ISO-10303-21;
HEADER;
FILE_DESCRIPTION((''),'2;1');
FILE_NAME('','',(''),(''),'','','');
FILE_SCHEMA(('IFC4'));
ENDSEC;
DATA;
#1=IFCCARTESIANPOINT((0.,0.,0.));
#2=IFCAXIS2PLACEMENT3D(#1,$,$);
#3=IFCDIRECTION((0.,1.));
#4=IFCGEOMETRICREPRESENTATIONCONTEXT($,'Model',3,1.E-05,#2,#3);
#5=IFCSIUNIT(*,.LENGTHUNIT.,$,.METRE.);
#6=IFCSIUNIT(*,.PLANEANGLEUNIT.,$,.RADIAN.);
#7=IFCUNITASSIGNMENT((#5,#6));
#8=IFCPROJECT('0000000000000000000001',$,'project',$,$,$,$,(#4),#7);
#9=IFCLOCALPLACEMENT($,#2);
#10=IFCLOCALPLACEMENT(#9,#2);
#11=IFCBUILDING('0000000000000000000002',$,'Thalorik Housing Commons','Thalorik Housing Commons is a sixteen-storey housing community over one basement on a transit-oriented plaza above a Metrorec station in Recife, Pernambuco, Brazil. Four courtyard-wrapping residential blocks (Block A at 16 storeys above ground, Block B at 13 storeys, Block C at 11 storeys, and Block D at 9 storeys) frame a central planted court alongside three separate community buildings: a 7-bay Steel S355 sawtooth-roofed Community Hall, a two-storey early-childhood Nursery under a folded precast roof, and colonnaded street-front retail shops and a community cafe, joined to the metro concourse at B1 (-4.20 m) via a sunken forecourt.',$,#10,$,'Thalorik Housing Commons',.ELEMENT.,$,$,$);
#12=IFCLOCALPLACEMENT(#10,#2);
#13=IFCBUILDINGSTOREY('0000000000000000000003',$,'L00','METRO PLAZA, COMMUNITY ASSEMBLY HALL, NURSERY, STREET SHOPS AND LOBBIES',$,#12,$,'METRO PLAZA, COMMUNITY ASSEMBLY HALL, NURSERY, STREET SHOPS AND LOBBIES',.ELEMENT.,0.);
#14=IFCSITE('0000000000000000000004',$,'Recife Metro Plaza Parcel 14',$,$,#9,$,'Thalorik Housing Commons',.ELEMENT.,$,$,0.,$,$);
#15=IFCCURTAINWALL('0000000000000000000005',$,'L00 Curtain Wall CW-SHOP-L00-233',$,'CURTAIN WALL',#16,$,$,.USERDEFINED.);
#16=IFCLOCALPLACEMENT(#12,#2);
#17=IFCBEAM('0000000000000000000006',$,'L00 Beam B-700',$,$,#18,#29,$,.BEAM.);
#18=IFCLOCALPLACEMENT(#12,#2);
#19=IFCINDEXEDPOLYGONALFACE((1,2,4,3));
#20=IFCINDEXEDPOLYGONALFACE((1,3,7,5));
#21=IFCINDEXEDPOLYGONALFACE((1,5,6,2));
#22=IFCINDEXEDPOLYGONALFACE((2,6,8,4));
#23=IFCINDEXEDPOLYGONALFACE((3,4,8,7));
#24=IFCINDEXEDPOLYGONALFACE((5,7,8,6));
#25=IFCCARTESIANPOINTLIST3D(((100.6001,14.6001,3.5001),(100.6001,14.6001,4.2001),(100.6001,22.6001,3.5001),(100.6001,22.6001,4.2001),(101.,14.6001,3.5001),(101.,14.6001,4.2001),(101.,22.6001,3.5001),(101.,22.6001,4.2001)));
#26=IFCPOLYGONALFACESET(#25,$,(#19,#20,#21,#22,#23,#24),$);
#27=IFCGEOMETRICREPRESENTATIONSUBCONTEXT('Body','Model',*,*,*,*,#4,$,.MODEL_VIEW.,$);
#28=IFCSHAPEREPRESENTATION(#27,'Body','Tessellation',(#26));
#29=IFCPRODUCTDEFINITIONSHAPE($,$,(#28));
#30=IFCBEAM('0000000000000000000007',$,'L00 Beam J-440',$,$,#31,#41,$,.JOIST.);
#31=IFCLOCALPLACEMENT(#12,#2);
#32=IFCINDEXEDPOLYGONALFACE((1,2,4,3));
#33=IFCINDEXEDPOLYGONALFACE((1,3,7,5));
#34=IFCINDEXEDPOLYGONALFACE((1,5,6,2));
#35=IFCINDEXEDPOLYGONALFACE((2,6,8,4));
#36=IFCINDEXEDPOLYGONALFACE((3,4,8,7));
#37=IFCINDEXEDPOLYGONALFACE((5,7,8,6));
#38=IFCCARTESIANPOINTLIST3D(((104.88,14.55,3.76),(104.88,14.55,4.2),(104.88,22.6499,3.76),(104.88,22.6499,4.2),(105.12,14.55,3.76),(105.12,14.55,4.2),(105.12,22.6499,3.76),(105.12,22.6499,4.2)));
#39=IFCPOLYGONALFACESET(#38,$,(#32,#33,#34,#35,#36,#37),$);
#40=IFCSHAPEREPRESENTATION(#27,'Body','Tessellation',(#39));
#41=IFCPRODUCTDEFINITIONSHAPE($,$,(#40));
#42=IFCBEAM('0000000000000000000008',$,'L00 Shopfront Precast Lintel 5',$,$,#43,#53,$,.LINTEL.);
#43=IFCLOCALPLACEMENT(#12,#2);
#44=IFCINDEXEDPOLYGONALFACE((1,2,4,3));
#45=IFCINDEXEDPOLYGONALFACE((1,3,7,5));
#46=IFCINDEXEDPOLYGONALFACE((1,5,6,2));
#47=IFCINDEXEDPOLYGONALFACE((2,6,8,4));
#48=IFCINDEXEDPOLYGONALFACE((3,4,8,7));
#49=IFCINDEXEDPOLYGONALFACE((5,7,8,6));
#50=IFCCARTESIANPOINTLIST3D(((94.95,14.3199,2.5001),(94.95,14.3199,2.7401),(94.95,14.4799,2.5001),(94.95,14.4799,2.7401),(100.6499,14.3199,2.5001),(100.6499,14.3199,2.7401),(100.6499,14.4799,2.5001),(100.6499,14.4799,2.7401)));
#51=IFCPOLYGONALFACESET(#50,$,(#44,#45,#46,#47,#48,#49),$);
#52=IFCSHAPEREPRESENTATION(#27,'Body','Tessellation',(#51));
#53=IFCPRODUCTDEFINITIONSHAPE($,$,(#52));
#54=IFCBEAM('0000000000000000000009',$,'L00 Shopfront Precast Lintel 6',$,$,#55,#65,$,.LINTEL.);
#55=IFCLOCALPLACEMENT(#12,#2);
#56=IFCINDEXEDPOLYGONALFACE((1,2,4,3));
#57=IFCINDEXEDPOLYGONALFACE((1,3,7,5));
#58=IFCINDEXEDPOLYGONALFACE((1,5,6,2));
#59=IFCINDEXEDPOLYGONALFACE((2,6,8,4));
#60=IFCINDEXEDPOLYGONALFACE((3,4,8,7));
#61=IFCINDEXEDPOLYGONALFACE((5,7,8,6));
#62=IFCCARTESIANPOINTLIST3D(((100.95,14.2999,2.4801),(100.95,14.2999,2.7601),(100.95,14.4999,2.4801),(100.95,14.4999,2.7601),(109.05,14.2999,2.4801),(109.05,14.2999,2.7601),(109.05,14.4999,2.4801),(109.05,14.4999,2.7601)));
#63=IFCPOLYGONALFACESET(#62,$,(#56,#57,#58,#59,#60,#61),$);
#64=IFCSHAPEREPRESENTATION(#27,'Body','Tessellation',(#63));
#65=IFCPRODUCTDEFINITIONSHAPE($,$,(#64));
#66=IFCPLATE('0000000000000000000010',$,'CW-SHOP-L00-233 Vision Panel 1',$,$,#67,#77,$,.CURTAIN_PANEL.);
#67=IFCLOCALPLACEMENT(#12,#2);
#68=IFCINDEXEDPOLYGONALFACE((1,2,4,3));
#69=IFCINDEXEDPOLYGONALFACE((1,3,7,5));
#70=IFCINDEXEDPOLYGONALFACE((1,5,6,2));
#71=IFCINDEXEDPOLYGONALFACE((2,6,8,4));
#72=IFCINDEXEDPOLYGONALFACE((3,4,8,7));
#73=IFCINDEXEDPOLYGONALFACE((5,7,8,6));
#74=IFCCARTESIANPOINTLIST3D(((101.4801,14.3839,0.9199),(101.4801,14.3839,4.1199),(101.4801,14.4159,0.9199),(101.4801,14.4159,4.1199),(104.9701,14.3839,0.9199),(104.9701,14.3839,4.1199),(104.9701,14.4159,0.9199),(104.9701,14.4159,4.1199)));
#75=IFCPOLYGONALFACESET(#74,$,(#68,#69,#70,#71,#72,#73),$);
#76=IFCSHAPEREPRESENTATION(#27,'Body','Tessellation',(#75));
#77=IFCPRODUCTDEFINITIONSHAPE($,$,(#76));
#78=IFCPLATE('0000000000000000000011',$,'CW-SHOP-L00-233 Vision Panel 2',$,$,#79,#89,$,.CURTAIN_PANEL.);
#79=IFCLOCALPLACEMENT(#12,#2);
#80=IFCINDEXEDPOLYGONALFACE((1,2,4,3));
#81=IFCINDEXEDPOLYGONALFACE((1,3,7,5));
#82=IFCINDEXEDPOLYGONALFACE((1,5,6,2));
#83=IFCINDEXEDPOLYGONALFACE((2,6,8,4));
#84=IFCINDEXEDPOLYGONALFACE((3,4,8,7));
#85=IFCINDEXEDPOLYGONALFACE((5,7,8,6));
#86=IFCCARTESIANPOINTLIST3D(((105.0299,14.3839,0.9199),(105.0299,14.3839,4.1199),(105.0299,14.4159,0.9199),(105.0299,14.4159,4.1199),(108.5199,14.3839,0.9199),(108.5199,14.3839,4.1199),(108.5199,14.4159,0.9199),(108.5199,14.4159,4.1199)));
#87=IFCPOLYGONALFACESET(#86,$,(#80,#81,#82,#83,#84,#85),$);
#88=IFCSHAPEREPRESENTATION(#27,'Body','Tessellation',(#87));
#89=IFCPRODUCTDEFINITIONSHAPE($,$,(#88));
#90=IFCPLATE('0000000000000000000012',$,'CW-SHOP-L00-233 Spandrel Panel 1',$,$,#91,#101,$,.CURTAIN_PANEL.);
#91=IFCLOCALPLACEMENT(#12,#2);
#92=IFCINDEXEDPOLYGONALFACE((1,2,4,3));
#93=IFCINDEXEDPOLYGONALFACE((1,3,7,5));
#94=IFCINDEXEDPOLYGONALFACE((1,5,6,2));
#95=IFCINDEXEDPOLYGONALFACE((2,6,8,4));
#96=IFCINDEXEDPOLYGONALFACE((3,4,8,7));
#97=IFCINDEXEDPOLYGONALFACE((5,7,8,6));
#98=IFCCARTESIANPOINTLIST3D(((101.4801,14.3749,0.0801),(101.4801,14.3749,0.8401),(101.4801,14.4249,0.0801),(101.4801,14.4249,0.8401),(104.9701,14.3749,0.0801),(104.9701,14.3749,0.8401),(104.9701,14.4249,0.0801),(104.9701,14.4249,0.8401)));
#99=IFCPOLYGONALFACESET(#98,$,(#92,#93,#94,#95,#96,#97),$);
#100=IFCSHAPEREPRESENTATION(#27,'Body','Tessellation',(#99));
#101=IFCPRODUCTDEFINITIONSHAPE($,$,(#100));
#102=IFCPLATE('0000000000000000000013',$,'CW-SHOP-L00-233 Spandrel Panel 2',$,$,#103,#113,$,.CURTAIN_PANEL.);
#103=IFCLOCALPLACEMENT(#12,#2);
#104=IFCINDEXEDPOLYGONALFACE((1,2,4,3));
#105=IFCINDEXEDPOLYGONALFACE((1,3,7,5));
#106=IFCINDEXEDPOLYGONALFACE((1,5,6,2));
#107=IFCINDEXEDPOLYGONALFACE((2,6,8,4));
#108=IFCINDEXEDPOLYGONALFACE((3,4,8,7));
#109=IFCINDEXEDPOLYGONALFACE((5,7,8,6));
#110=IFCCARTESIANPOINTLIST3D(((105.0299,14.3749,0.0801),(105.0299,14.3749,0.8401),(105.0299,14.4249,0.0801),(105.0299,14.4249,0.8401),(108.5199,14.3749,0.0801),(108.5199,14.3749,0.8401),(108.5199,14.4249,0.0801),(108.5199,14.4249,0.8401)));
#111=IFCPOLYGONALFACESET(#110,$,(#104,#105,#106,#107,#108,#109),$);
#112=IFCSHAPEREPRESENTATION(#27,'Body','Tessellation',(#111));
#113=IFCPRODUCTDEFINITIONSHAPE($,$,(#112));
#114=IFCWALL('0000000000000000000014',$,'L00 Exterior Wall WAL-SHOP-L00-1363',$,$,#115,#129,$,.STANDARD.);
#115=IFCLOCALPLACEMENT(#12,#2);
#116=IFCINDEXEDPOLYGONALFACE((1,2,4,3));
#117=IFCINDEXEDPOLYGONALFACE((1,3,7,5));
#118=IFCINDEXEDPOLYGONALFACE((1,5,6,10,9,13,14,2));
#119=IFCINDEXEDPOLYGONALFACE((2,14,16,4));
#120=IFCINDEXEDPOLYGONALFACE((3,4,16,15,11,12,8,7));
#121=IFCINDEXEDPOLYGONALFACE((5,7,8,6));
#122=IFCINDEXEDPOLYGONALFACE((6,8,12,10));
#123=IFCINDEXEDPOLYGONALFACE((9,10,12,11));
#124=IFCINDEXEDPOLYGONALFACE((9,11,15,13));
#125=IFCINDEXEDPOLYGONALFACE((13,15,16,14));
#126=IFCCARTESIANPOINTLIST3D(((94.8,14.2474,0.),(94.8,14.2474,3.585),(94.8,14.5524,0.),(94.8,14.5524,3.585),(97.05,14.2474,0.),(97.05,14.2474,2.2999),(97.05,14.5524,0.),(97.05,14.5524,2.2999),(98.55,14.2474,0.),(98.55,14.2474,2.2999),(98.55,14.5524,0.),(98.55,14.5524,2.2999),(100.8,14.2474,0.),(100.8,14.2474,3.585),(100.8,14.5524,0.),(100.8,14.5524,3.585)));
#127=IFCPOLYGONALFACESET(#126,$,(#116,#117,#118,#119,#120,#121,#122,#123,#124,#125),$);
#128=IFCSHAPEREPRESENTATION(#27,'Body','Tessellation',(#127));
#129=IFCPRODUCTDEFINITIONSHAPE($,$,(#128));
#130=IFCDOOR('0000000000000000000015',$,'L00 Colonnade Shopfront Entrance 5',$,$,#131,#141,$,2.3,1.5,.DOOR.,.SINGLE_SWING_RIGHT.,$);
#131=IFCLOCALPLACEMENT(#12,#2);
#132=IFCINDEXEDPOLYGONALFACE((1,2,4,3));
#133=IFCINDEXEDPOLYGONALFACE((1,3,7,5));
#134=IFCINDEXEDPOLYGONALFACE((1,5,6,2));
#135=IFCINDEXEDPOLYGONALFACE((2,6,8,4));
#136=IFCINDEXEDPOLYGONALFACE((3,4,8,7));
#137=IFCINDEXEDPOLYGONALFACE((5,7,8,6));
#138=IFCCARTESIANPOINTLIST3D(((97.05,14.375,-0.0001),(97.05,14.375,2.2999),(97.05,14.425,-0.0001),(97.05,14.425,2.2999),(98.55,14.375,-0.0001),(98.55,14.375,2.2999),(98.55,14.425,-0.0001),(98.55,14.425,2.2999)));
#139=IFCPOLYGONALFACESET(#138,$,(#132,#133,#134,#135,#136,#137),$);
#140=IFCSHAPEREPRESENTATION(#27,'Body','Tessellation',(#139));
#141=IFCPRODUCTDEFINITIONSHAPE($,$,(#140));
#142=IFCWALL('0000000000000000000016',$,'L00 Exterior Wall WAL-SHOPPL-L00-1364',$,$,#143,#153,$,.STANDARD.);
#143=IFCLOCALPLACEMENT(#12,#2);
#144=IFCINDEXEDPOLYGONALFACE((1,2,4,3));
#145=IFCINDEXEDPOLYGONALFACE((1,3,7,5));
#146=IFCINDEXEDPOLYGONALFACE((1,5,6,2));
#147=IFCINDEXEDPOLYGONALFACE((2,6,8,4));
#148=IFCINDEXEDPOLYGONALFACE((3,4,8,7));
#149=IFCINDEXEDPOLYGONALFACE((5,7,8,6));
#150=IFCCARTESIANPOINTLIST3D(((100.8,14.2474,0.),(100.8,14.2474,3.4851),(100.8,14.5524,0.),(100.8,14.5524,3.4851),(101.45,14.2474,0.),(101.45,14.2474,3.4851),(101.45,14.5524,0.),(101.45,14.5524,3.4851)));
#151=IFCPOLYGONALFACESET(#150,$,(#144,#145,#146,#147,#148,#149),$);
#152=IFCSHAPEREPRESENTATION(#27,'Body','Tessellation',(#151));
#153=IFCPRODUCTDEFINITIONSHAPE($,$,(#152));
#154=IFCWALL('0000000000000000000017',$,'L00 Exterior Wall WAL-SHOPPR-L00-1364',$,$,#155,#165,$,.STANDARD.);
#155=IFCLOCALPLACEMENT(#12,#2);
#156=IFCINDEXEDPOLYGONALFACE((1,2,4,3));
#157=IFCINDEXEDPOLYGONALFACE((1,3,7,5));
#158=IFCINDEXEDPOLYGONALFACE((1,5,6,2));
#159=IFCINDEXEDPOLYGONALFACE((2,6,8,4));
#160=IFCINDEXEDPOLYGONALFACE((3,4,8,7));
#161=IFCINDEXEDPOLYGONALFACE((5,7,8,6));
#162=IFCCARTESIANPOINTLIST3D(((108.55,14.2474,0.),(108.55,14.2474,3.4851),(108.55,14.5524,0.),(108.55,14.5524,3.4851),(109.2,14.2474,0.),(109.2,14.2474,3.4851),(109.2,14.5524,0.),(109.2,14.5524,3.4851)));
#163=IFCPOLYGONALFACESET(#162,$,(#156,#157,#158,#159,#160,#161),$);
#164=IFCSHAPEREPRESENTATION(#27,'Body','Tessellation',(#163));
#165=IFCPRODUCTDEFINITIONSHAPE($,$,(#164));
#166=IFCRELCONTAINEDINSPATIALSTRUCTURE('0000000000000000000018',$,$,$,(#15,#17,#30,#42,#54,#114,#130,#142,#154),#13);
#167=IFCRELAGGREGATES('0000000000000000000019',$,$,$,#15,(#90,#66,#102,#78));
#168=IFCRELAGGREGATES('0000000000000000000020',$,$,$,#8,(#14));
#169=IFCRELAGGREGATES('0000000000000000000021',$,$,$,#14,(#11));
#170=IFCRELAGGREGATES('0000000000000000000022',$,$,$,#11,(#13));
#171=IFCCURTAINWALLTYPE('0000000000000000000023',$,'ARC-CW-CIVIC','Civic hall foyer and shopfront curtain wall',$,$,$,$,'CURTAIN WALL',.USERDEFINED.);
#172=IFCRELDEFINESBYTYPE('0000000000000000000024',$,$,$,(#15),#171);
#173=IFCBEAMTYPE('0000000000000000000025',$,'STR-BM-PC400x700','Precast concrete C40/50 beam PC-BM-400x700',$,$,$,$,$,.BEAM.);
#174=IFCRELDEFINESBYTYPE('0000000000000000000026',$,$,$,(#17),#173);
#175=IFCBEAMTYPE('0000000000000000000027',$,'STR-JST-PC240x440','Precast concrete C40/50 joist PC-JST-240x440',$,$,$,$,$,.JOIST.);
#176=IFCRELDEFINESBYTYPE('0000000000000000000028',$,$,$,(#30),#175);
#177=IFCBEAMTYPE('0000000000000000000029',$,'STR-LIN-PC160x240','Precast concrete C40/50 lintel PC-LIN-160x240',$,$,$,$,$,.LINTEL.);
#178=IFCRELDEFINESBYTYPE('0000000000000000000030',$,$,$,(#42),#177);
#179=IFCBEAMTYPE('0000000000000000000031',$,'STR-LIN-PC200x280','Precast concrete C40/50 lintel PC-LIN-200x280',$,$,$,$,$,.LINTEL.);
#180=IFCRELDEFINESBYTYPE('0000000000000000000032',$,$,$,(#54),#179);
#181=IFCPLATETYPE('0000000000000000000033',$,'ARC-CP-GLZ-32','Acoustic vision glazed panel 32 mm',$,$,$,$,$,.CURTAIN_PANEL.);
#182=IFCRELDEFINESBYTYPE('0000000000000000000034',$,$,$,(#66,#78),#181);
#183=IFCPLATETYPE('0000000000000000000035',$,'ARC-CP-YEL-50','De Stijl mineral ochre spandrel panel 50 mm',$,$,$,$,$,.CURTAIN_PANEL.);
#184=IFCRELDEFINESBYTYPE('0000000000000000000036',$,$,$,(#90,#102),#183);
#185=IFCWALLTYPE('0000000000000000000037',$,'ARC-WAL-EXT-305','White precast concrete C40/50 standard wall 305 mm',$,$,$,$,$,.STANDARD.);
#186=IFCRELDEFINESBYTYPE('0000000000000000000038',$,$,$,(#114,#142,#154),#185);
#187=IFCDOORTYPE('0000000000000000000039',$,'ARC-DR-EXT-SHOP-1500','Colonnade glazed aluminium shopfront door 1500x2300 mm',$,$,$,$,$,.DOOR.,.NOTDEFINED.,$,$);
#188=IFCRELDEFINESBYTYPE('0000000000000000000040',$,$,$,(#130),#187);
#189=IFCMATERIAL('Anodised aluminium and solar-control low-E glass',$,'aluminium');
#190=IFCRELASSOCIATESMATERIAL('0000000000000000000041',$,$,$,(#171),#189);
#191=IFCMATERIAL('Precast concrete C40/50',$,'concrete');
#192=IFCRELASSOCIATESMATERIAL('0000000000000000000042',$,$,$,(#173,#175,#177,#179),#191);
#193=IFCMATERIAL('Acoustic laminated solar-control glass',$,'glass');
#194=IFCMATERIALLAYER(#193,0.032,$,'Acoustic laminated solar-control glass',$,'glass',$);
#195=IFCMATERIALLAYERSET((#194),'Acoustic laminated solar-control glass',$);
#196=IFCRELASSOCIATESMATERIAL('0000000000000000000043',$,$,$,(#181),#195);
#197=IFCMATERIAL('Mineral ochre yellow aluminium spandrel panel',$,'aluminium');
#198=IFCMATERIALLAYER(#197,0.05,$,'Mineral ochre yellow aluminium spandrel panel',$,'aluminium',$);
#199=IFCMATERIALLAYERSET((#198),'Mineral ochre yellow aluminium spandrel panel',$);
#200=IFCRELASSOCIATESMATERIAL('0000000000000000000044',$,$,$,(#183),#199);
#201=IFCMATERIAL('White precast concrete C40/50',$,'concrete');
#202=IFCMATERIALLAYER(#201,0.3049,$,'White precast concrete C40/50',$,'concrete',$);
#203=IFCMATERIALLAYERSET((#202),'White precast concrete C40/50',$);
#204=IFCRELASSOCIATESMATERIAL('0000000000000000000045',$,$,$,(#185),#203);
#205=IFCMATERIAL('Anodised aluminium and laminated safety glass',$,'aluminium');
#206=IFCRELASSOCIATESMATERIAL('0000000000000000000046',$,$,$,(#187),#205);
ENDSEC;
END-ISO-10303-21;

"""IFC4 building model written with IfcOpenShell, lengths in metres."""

from ifc_helpers import new_model, si_unit, direction, frame, frame_2d, origin, origin_2d, place, context, subcontext, project, spatial, rectangle, extrude, material, layer, layer_set, material_profile, profile_set, type_object, element, fill, aggregate, save


model = new_model("IFC4")

# Units and contexts
model_context = context("Model", 3, precision=1e-05, world=origin(), true_north=direction((0.0, 1.0)))
body_context = subcontext(model_context, "Body", "Model", "MODEL_VIEW")
ifc_project = project(units=[si_unit("LENGTHUNIT", "METRE"), si_unit("PLANEANGLEUNIT", "RADIAN")], contexts=[model_context])

# Site, building, storey
site_placement = place(None, origin())
site = spatial("IfcSite", under=ifc_project, at=site_placement, Name="Recife Metro Plaza Parcel 14", LongName="Thalorik Housing Commons", CompositionType="ELEMENT", RefElevation=0.0)
building_placement = place(site_placement, origin())
building = spatial("IfcBuilding", under=site, at=building_placement, Name="Thalorik Housing Commons", Description="Thalorik Housing Commons is a sixteen-storey housing community over one basement on a transit-oriented plaza above a Metrorec station in Recife, Pernambuco, Brazil. Four courtyard-wrapping residential blocks (Block A at 16 storeys above ground, Block B at 13 storeys, Block C at 11 storeys, and Block D at 9 storeys) frame a central planted court alongside three separate community buildings: a 7-bay Steel S355 sawtooth-roofed Community Hall, a two-storey early-childhood Nursery under a folded precast roof, and colonnaded street-front retail shops and a community cafe, joined to the metro concourse at B1 (-4.20 m) via a sunken forecourt.", LongName="Thalorik Housing Commons", CompositionType="ELEMENT")
storey_placement = place(building_placement, origin())
storey = spatial("IfcBuildingStorey", under=building, at=storey_placement, Name="L00", Description="METRO PLAZA, COMMUNITY ASSEMBLY HALL, NURSERY, STREET SHOPS AND LOBBIES", LongName="METRO PLAZA, COMMUNITY ASSEMBLY HALL, NURSERY, STREET SHOPS AND LOBBIES", CompositionType="ELEMENT", Elevation=0.0)

# Shared definitions
ifc_material_1 = material(Name="Precast concrete C40/50", Category="concrete")

# Curtain wall
ifc_material_2 = material(Name="Anodised aluminium and solar-control low-E glass", Category="aluminium")
curtain_wall_type = type_object("IfcCurtainWallType", Name="ARC-CW-CIVIC", Description="Civic hall foyer and shopfront curtain wall", ElementType="CURTAIN WALL", PredefinedType="USERDEFINED", material=ifc_material_2)
curtain_wall_placement = place(storey_placement, origin())
curtain_wall = element("IfcCurtainWall", 1, at=curtain_wall_placement, inside=storey, type_object=curtain_wall_type, Name="L00 Curtain Wall CW-SHOP-L00-233", ObjectType="CURTAIN WALL", PredefinedType="USERDEFINED")

# Beams
ifc_material_profile_1 = material_profile(ifc_material_1, rectangle(XDim=0.3999, YDim=0.7, at=origin_2d()), Name="PC 400x700", Category="concrete")
ifc_profile_set_1 = profile_set([ifc_material_profile_1], Name="Precast concrete C40/50")
beam_type_1 = type_object("IfcBeamType", Name="STR-BM-PC400x700", Description="Precast concrete C40/50 beam PC-BM-400x700", PredefinedType="BEAM", material=ifc_profile_set_1)
for number, where, z_axis, x_axis, name in (
    (2, (100.8, 14.6001, 3.8501), (0.0, 1.0, 0.0), (-1.0, 0.0, 0.0), "L00 Beam B-700"),
):
    element("IfcBeam", number, at=place(storey_placement, frame(where, z_axis=z_axis, x_axis=x_axis)), inside=storey, type_object=beam_type_1, Name=name, PredefinedType="BEAM", context=body_context, shape_type="SweptSolid", body=[
        extrude(rectangle(XDim=0.3999, YDim=0.7, at=origin_2d()), origin(), (0.0, 0.0, 1.0), 8.0),
    ])
ifc_material_profile_2 = material_profile(ifc_material_1, rectangle(XDim=0.24, YDim=0.4399, at=origin_2d()), Name="PC JST 240x440", Category="concrete")
ifc_profile_set_2 = profile_set([ifc_material_profile_2], Name="Precast concrete C40/50")
beam_type_2 = type_object("IfcBeamType", Name="STR-JST-PC240x440", Description="Precast concrete C40/50 joist PC-JST-240x440", PredefinedType="JOIST", material=ifc_profile_set_2)
beam_1_placement = place(storey_placement, frame((105.0, 14.55, 3.98), z_axis=(0.0, 1.0, 0.0), x_axis=(-1.0, 0.0, 0.0)))
element("IfcBeam", 3, at=beam_1_placement, inside=storey, type_object=beam_type_2, Name="L00 Beam J-440", PredefinedType="JOIST", context=body_context, shape_type="SweptSolid", body=[
    extrude(rectangle(XDim=0.24, YDim=0.4399, at=origin_2d()), origin(), (0.0, 0.0, 1.0), 8.0999),
])
ifc_material_profile_3 = material_profile(ifc_material_1, rectangle(XDim=0.1599, YDim=0.24, at=origin_2d()), Name="PC LIN 160x240", Category="concrete")
ifc_profile_set_3 = profile_set([ifc_material_profile_3], Name="Precast concrete C40/50")
beam_type_3 = type_object("IfcBeamType", Name="STR-LIN-PC160x240", Description="Precast concrete C40/50 lintel PC-LIN-160x240", PredefinedType="LINTEL", material=ifc_profile_set_3)
beam_2_placement = place(storey_placement, frame((94.95, 14.3999, 2.6201), z_axis=(1.0, 0.0, 0.0), x_axis=(0.0, 1.0, 0.0)))
element("IfcBeam", 4, at=beam_2_placement, inside=storey, type_object=beam_type_3, Name="L00 Shopfront Precast Lintel 5", PredefinedType="LINTEL", context=body_context, shape_type="SweptSolid", body=[
    extrude(rectangle(XDim=0.1599, YDim=0.24, at=origin_2d()), origin(), (0.0, 0.0, 1.0), 5.7),
])
ifc_material_profile_4 = material_profile(ifc_material_1, rectangle(XDim=0.2, YDim=0.28, at=origin_2d()), Name="PC LIN 200x280", Category="concrete")
ifc_profile_set_4 = profile_set([ifc_material_profile_4], Name="Precast concrete C40/50")
beam_type_4 = type_object("IfcBeamType", Name="STR-LIN-PC200x280", Description="Precast concrete C40/50 lintel PC-LIN-200x280", PredefinedType="LINTEL", material=ifc_profile_set_4)
beam_3_placement = place(storey_placement, frame((100.95, 14.3999, 2.6201), z_axis=(1.0, 0.0, 0.0), x_axis=(0.0, 1.0, 0.0)))
element("IfcBeam", 5, at=beam_3_placement, inside=storey, type_object=beam_type_4, Name="L00 Shopfront Precast Lintel 6", PredefinedType="LINTEL", context=body_context, shape_type="SweptSolid", body=[
    extrude(rectangle(XDim=0.2, YDim=0.28, at=origin_2d()), origin(), (0.0, 0.0, 1.0), 8.1001),
])

# Plates
ifc_material_3 = material(Name="Acoustic laminated solar-control glass", Category="glass")
ifc_layer_1 = layer(ifc_material_3, 0.032, Name="Acoustic laminated solar-control glass", Category="glass")
ifc_layer_set_1 = layer_set([ifc_layer_1], Name="Acoustic laminated solar-control glass")
plate_type_1 = type_object("IfcPlateType", Name="ARC-CP-GLZ-32", Description="Acoustic vision glazed panel 32 mm", PredefinedType="CURTAIN_PANEL", material=ifc_layer_set_1)
plate_1_placement = place(storey_placement, frame((103.2251, 14.3999, 0.9199), z_axis=(0.0, 0.0, 1.0), x_axis=(1.0, 0.0, 0.0)))
plate_1 = element("IfcPlate", 6, at=plate_1_placement, type_object=plate_type_1, Name="CW-SHOP-L00-233 Vision Panel 1", PredefinedType="CURTAIN_PANEL", context=body_context, shape_type="SweptSolid", body=[
    extrude(rectangle(XDim=3.49, YDim=0.032, at=origin_2d()), origin(), (0.0, 0.0, 1.0), 3.2),
])
plate_2_placement = place(storey_placement, frame((106.7749, 14.3999, 0.9199), z_axis=(0.0, 0.0, 1.0), x_axis=(1.0, 0.0, 0.0)))
plate_2 = element("IfcPlate", 7, at=plate_2_placement, type_object=plate_type_1, Name="CW-SHOP-L00-233 Vision Panel 2", PredefinedType="CURTAIN_PANEL", context=body_context, shape_type="SweptSolid", body=[
    extrude(rectangle(XDim=3.49, YDim=0.032, at=origin_2d()), origin(), (0.0, 0.0, 1.0), 3.2),
])
ifc_material_4 = material(Name="Mineral ochre yellow aluminium spandrel panel", Category="aluminium")
ifc_layer_2 = layer(ifc_material_4, 0.05, Name="Mineral ochre yellow aluminium spandrel panel", Category="aluminium")
ifc_layer_set_2 = layer_set([ifc_layer_2], Name="Mineral ochre yellow aluminium spandrel panel")
plate_type_2 = type_object("IfcPlateType", Name="ARC-CP-YEL-50", Description="De Stijl mineral ochre spandrel panel 50 mm", PredefinedType="CURTAIN_PANEL", material=ifc_layer_set_2)
plate_3_placement = place(storey_placement, frame((103.2251, 14.3999, 0.0801), z_axis=(0.0, 0.0, 1.0), x_axis=(1.0, 0.0, 0.0)))
plate_3 = element("IfcPlate", 8, at=plate_3_placement, type_object=plate_type_2, Name="CW-SHOP-L00-233 Spandrel Panel 1", PredefinedType="CURTAIN_PANEL", context=body_context, shape_type="SweptSolid", body=[
    extrude(rectangle(XDim=3.49, YDim=0.05, at=origin_2d()), origin(), (0.0, 0.0, 1.0), 0.76),
])
plate_4_placement = place(storey_placement, frame((106.7749, 14.3999, 0.0801), z_axis=(0.0, 0.0, 1.0), x_axis=(1.0, 0.0, 0.0)))
plate_4 = element("IfcPlate", 9, at=plate_4_placement, type_object=plate_type_2, Name="CW-SHOP-L00-233 Spandrel Panel 2", PredefinedType="CURTAIN_PANEL", context=body_context, shape_type="SweptSolid", body=[
    extrude(rectangle(XDim=3.49, YDim=0.05, at=origin_2d()), origin(), (0.0, 0.0, 1.0), 0.76),
])
aggregate(curtain_wall, [plate_3, plate_1, plate_4, plate_2])

# Wall, opening, door
ifc_material_5 = material(Name="White precast concrete C40/50", Category="concrete")
ifc_layer_3 = layer(ifc_material_5, 0.3049, Name="White precast concrete C40/50", Category="concrete")
ifc_layer_set_3 = layer_set([ifc_layer_3], Name="White precast concrete C40/50")
wall_type_1 = type_object("IfcWallType", Name="ARC-WAL-EXT-305", Description="White precast concrete C40/50 standard wall 305 mm", PredefinedType="STANDARD", material=ifc_layer_set_3)
wall_1_placement = place(storey_placement, frame((94.8, 14.3999, 0.0), z_axis=(0.0, 0.0, 1.0), x_axis=(1.0, 0.0, 0.0)))
wall_1 = element("IfcWall", 10, at=wall_1_placement, inside=storey, type_object=wall_type_1, Name="L00 Exterior Wall WAL-SHOP-L00-1363", PredefinedType="STANDARD", context=body_context, shape_type="SweptSolid", body=[
    extrude(rectangle(XDim=6.0, YDim=0.3049, at=frame_2d((3.0, 0.0))), origin(), (0.0, 0.0, 1.0), 3.585),
])
opening_placement = place(wall_1_placement, frame((2.25, 0.0, 0.0)))
opening = element("IfcOpeningElement", 11, at=opening_placement, cuts=wall_1, PredefinedType="OPENING", context=body_context, shape_type="SweptSolid", body=[
    extrude(rectangle(XDim=1.5, YDim=2.3, at=frame_2d((0.75, 1.1499))), frame((0.0, 0.1626, 0.0), z_axis=(0.0, -1.0, 0.0), x_axis=(1.0, 0.0, 0.0)), (0.0, 0.0, 1.0), 0.325),
])
ifc_material_6 = material(Name="Anodised aluminium and laminated safety glass", Category="aluminium")
door_type = type_object("IfcDoorType", Name="ARC-DR-EXT-SHOP-1500", Description="Colonnade glazed aluminium shopfront door 1500x2300 mm", OperationType="NOTDEFINED", PredefinedType="DOOR", material=ifc_material_6)
door_placement = place(opening_placement, frame((1.5, 0.0, 0.0), z_axis=(0.0, 0.0, 1.0), x_axis=(-1.0, 0.0, 0.0)))
door = element("IfcDoor", 12, at=door_placement, inside=storey, type_object=door_type, Name="L00 Colonnade Shopfront Entrance 5", OperationType="SINGLE_SWING_RIGHT", OverallHeight=2.3, OverallWidth=1.5, PredefinedType="DOOR", context=body_context, shape_type="SweptSolid", body=[
    extrude(rectangle(XDim=1.5, YDim=2.3, at=frame_2d((0.75, 1.1499))), frame((0.0, 0.0249, 0.0), z_axis=(0.0, -1.0, 0.0), x_axis=(1.0, 0.0, 0.0)), (0.0, 0.0, 1.0), 0.05),
])
fill(opening, door)

# Walls
for number, where, z_axis, x_axis, name in (
    (13, (100.8, 14.3999, 0.0), (0.0, 0.0, 1.0), (1.0, 0.0, 0.0), "L00 Exterior Wall WAL-SHOPPL-L00-1364"),
    (14, (108.55, 14.3999, 0.0), (0.0, 0.0, 1.0), (1.0, 0.0, 0.0), "L00 Exterior Wall WAL-SHOPPR-L00-1364"),
):
    element("IfcWall", number, at=place(storey_placement, frame(where, z_axis=z_axis, x_axis=x_axis)), inside=storey, type_object=wall_type_1, Name=name, PredefinedType="STANDARD", context=body_context, shape_type="SweptSolid", body=[
        extrude(rectangle(XDim=0.6499, YDim=0.3049, at=frame_2d((0.325, 0.0))), origin(), (0.0, 0.0, 1.0), 3.4851),
    ])

save(model, "model.ifc")
